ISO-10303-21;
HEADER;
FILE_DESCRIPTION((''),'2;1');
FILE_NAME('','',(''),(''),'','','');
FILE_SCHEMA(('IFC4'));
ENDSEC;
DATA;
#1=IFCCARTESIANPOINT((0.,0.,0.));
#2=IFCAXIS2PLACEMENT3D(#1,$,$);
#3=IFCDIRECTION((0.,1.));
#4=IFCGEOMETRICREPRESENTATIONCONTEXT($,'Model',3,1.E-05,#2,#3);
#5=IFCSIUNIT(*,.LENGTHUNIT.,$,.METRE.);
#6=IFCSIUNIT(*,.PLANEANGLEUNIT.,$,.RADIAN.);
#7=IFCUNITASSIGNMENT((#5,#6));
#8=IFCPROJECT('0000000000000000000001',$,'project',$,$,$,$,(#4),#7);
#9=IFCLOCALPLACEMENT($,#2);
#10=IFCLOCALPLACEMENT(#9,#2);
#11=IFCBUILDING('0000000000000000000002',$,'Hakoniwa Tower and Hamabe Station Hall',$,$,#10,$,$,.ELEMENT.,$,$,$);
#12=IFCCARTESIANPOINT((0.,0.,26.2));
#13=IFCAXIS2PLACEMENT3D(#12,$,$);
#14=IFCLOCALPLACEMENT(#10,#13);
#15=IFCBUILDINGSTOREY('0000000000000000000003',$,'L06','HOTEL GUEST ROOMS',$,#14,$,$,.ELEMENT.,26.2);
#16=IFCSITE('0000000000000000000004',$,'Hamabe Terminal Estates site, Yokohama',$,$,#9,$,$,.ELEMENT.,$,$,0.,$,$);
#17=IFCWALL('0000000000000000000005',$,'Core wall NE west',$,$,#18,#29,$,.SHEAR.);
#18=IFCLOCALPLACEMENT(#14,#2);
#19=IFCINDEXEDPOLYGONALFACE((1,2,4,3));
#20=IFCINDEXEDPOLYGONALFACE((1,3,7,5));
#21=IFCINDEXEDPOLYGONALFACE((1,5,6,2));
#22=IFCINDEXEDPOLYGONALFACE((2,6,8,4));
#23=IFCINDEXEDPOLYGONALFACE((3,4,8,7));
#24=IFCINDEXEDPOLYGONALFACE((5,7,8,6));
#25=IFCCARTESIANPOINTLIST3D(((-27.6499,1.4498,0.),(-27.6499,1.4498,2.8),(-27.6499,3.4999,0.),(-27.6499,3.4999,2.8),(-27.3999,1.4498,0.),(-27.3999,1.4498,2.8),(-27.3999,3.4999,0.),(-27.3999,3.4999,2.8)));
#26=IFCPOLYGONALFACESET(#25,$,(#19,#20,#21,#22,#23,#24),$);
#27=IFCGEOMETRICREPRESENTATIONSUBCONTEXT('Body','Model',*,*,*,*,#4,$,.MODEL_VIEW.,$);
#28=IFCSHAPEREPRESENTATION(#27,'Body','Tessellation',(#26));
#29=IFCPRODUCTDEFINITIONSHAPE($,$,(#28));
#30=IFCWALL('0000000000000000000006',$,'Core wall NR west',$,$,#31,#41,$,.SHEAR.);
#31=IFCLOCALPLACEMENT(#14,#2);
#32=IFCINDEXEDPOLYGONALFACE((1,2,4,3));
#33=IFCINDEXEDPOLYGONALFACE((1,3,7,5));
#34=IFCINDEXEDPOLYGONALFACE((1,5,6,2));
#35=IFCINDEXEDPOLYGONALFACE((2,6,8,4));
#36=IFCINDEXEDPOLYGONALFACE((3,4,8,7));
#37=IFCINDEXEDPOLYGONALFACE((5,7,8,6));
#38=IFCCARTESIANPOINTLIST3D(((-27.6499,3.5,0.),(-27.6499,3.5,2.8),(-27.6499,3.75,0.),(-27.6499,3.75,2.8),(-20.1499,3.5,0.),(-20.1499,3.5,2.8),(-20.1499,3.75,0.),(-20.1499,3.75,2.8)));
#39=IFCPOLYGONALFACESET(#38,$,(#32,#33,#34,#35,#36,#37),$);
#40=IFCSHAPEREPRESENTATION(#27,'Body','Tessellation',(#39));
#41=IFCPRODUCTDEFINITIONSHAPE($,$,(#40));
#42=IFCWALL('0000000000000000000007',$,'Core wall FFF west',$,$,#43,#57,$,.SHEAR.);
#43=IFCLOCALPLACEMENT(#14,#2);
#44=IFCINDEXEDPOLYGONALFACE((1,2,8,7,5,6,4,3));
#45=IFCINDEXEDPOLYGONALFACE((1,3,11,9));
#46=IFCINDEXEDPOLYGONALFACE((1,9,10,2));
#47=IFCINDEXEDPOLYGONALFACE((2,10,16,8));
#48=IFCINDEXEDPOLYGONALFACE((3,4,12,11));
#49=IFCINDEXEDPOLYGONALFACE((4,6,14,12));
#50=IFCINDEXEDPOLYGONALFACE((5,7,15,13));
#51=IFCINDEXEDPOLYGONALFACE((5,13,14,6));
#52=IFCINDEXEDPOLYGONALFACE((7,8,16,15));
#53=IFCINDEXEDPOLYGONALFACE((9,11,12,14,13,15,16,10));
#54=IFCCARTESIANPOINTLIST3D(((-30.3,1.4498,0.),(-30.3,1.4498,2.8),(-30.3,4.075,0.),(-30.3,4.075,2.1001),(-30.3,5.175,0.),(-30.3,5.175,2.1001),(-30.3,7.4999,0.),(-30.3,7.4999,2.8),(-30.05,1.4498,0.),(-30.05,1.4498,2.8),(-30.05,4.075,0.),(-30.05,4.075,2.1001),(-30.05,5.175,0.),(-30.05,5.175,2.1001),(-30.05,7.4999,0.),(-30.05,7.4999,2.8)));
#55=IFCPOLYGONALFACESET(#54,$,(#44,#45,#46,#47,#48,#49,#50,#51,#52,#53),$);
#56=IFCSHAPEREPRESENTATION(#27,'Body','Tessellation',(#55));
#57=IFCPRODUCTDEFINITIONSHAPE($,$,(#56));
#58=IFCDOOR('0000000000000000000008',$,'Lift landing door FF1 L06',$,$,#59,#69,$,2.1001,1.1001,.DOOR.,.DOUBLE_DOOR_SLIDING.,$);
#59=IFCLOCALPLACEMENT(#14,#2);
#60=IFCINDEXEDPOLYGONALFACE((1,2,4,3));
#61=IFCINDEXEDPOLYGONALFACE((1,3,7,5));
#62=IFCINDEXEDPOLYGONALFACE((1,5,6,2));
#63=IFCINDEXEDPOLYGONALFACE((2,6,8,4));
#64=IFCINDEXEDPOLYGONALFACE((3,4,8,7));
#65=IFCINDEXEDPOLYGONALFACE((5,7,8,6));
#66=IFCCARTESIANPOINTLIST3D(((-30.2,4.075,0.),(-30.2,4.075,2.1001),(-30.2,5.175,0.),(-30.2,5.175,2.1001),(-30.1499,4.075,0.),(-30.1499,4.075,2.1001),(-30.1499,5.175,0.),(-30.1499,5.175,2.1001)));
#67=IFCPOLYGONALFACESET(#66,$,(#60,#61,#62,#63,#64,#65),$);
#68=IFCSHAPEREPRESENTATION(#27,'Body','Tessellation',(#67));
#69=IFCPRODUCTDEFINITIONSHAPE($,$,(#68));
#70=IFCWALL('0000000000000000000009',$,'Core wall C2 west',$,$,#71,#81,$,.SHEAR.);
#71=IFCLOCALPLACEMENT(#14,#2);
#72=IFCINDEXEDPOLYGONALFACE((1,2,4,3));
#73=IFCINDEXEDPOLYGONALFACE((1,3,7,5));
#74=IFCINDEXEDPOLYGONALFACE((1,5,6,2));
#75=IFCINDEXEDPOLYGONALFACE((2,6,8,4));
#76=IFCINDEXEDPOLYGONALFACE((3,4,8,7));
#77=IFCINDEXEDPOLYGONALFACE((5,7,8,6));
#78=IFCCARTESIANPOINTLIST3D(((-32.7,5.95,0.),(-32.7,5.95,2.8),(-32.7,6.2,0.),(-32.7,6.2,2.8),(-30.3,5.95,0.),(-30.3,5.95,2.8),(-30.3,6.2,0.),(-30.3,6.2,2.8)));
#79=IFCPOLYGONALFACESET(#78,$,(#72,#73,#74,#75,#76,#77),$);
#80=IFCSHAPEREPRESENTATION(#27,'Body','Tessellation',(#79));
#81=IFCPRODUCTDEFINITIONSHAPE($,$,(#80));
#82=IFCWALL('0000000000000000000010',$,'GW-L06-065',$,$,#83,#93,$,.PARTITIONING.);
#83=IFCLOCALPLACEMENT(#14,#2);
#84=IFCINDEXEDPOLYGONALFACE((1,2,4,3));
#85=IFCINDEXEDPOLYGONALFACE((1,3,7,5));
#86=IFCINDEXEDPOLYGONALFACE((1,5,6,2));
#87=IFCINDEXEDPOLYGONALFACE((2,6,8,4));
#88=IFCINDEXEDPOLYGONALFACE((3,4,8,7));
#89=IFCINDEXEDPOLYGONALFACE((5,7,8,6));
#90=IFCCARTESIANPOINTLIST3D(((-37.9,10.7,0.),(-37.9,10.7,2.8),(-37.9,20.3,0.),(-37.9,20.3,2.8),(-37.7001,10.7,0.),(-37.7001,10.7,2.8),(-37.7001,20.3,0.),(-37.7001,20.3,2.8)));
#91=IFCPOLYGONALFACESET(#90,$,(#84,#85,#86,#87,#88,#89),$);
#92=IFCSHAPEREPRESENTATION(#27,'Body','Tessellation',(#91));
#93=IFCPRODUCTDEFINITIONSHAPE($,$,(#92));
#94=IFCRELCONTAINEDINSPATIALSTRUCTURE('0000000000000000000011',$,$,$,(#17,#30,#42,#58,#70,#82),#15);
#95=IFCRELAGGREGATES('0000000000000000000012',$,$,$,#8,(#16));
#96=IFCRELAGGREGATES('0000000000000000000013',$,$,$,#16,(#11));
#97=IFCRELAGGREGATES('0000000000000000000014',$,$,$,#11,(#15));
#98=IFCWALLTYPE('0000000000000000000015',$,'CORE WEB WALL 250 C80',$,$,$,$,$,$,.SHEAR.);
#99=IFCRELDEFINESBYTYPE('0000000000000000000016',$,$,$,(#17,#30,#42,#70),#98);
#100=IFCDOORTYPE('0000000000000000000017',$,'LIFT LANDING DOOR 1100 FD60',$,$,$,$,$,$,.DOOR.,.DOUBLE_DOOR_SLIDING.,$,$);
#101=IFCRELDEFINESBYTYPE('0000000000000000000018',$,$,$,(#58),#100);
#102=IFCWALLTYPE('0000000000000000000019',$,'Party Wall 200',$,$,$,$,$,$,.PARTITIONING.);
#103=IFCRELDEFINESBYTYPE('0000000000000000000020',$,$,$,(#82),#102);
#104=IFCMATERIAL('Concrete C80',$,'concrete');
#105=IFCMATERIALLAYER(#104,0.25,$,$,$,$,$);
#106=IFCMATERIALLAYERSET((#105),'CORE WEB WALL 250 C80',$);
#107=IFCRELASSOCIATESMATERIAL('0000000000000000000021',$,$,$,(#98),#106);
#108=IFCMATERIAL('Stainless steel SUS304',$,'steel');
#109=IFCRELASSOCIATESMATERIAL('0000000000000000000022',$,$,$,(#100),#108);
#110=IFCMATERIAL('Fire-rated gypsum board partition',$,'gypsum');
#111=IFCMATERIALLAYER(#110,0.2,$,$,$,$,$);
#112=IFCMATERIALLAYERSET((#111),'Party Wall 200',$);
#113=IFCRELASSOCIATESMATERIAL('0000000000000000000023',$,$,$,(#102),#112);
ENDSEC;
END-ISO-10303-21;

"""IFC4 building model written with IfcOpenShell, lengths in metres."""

from ifc_helpers import new_model, si_unit, direction, frame, frame_2d, origin, place, context, subcontext, project, spatial, rectangle, extrude, material, layer, layer_set, type_object, element, fill, save


model = new_model("IFC4")

# Units and contexts
model_context = context("Model", 3, precision=1e-05, world=origin(), true_north=direction((0.0, 1.0)))
body_context = subcontext(model_context, "Body", "Model", "MODEL_VIEW")
ifc_project = project(units=[si_unit("LENGTHUNIT", "METRE"), si_unit("PLANEANGLEUNIT", "RADIAN")], contexts=[model_context])

# Site, building, storey
site_placement = place(None, origin())
site = spatial("IfcSite", under=ifc_project, at=site_placement, Name="Hamabe Terminal Estates site, Yokohama", CompositionType="ELEMENT", RefElevation=0.0)
building_placement = place(site_placement, origin())
building = spatial("IfcBuilding", under=site, at=building_placement, Name="Hakoniwa Tower and Hamabe Station Hall", CompositionType="ELEMENT")
storey_placement = place(building_placement, frame((0.0, 0.0, 26.2)))
storey = spatial("IfcBuildingStorey", under=building, at=storey_placement, Name="L06", Description="HOTEL GUEST ROOMS", CompositionType="ELEMENT", Elevation=26.2)

# Walls
ifc_material_1 = material(Name="Concrete C80", Category="concrete")
ifc_layer_1 = layer(ifc_material_1, 0.25)
ifc_layer_set_1 = layer_set([ifc_layer_1], Name="CORE WEB WALL 250 C80")
wall_type_1 = type_object("IfcWallType", Name="CORE WEB WALL 250 C80", PredefinedType="SHEAR", material=ifc_layer_set_1)
wall_1_placement = place(storey_placement, frame((-27.5249, 1.45, 0.0), z_axis=(0.0, 0.0, 1.0), x_axis=(0.0, 1.0, 0.0)))
element("IfcWall", 1, at=wall_1_placement, inside=storey, type_object=wall_type_1, Name="Core wall NE west", PredefinedType="SHEAR", context=body_context, shape_type="SweptSolid", body=[
    extrude(rectangle(XDim=2.05, YDim=0.25, at=frame_2d((1.0249, 0.0))), origin(), (0.0, 0.0, 1.0), 2.8),
])
wall_2_placement = place(storey_placement, frame((-27.6499, 3.625, 0.0), z_axis=(0.0, 0.0, 1.0), x_axis=(1.0, 0.0, 0.0)))
element("IfcWall", 2, at=wall_2_placement, inside=storey, type_object=wall_type_1, Name="Core wall NR west", PredefinedType="SHEAR", context=body_context, shape_type="SweptSolid", body=[
    extrude(rectangle(XDim=7.5, YDim=0.25, at=frame_2d((3.75, 0.0))), origin(), (0.0, 0.0, 1.0), 2.8),
])

# Wall, opening, door
wall_3_placement = place(storey_placement, frame((-30.175, 1.45, 0.0), z_axis=(0.0, 0.0, 1.0), x_axis=(0.0, 1.0, 0.0)))
wall_3 = element("IfcWall", 3, at=wall_3_placement, inside=storey, type_object=wall_type_1, Name="Core wall FFF west", PredefinedType="SHEAR", context=body_context, shape_type="SweptSolid", body=[
    extrude(rectangle(XDim=6.05, YDim=0.25, at=frame_2d((3.0249, 0.0))), origin(), (0.0, 0.0, 1.0), 2.8),
])
opening_1_placement = place(wall_3_placement, frame((2.625, 0.0, 0.0)))
opening_1 = element("IfcOpeningElement", 4, at=opening_1_placement, cuts=wall_3, PredefinedType="OPENING", context=body_context, shape_type="SweptSolid", body=[
    extrude(rectangle(XDim=1.1001, YDim=2.1001, at=frame_2d((0.55, 1.05))), frame((0.0, 0.135, 0.0), z_axis=(0.0, -1.0, 0.0), x_axis=(1.0, 0.0, 0.0)), (0.0, 0.0, 1.0), 0.27),
])
ifc_material_2 = material(Name="Stainless steel SUS304", Category="steel")
door_type_1 = type_object("IfcDoorType", Name="LIFT LANDING DOOR 1100 FD60", OperationType="DOUBLE_DOOR_SLIDING", PredefinedType="DOOR", material=ifc_material_2)
door_1_placement = place(opening_1_placement, origin())
door_1 = element("IfcDoor", 5, at=door_1_placement, inside=storey, type_object=door_type_1, Name="Lift landing door FF1 L06", OperationType="DOUBLE_DOOR_SLIDING", OverallHeight=2.1001, OverallWidth=1.1001, PredefinedType="DOOR", context=body_context, shape_type="SweptSolid", body=[
    extrude(rectangle(XDim=1.1001, YDim=2.1001, at=frame_2d((0.55, 1.05))), frame((0.0, 0.0249, 0.0), z_axis=(0.0, -1.0, 0.0), x_axis=(1.0, 0.0, 0.0)), (0.0, 0.0, 1.0), 0.05),
])
fill(opening_1, door_1)

# Walls
wall_4_placement = place(storey_placement, frame((-32.7, 6.075, 0.0), z_axis=(0.0, 0.0, 1.0), x_axis=(1.0, 0.0, 0.0)))
element("IfcWall", 6, at=wall_4_placement, inside=storey, type_object=wall_type_1, Name="Core wall C2 west", PredefinedType="SHEAR", context=body_context, shape_type="SweptSolid", body=[
    extrude(rectangle(XDim=2.3999, YDim=0.25, at=frame_2d((1.2, 0.0))), origin(), (0.0, 0.0, 1.0), 2.8),
])
ifc_material_3 = material(Name="Fire-rated gypsum board partition", Category="gypsum")
ifc_layer_2 = layer(ifc_material_3, 0.2)
ifc_layer_set_2 = layer_set([ifc_layer_2], Name="Party Wall 200")
wall_type_2 = type_object("IfcWallType", Name="Party Wall 200", PredefinedType="PARTITIONING", material=ifc_layer_set_2)
wall_5_placement = place(storey_placement, frame((-37.8, 10.7, 0.0), z_axis=(0.0, 0.0, 1.0), x_axis=(0.0, 1.0, 0.0)))
element("IfcWall", 7, at=wall_5_placement, inside=storey, type_object=wall_type_2, Name="GW-L06-065", PredefinedType="PARTITIONING", context=body_context, shape_type="SweptSolid", body=[
    extrude(rectangle(XDim=9.6001, YDim=0.2, at=frame_2d((4.8, 0.0))), origin(), (0.0, 0.0, 1.0), 2.8),
])

save(model, "model.ifc")
